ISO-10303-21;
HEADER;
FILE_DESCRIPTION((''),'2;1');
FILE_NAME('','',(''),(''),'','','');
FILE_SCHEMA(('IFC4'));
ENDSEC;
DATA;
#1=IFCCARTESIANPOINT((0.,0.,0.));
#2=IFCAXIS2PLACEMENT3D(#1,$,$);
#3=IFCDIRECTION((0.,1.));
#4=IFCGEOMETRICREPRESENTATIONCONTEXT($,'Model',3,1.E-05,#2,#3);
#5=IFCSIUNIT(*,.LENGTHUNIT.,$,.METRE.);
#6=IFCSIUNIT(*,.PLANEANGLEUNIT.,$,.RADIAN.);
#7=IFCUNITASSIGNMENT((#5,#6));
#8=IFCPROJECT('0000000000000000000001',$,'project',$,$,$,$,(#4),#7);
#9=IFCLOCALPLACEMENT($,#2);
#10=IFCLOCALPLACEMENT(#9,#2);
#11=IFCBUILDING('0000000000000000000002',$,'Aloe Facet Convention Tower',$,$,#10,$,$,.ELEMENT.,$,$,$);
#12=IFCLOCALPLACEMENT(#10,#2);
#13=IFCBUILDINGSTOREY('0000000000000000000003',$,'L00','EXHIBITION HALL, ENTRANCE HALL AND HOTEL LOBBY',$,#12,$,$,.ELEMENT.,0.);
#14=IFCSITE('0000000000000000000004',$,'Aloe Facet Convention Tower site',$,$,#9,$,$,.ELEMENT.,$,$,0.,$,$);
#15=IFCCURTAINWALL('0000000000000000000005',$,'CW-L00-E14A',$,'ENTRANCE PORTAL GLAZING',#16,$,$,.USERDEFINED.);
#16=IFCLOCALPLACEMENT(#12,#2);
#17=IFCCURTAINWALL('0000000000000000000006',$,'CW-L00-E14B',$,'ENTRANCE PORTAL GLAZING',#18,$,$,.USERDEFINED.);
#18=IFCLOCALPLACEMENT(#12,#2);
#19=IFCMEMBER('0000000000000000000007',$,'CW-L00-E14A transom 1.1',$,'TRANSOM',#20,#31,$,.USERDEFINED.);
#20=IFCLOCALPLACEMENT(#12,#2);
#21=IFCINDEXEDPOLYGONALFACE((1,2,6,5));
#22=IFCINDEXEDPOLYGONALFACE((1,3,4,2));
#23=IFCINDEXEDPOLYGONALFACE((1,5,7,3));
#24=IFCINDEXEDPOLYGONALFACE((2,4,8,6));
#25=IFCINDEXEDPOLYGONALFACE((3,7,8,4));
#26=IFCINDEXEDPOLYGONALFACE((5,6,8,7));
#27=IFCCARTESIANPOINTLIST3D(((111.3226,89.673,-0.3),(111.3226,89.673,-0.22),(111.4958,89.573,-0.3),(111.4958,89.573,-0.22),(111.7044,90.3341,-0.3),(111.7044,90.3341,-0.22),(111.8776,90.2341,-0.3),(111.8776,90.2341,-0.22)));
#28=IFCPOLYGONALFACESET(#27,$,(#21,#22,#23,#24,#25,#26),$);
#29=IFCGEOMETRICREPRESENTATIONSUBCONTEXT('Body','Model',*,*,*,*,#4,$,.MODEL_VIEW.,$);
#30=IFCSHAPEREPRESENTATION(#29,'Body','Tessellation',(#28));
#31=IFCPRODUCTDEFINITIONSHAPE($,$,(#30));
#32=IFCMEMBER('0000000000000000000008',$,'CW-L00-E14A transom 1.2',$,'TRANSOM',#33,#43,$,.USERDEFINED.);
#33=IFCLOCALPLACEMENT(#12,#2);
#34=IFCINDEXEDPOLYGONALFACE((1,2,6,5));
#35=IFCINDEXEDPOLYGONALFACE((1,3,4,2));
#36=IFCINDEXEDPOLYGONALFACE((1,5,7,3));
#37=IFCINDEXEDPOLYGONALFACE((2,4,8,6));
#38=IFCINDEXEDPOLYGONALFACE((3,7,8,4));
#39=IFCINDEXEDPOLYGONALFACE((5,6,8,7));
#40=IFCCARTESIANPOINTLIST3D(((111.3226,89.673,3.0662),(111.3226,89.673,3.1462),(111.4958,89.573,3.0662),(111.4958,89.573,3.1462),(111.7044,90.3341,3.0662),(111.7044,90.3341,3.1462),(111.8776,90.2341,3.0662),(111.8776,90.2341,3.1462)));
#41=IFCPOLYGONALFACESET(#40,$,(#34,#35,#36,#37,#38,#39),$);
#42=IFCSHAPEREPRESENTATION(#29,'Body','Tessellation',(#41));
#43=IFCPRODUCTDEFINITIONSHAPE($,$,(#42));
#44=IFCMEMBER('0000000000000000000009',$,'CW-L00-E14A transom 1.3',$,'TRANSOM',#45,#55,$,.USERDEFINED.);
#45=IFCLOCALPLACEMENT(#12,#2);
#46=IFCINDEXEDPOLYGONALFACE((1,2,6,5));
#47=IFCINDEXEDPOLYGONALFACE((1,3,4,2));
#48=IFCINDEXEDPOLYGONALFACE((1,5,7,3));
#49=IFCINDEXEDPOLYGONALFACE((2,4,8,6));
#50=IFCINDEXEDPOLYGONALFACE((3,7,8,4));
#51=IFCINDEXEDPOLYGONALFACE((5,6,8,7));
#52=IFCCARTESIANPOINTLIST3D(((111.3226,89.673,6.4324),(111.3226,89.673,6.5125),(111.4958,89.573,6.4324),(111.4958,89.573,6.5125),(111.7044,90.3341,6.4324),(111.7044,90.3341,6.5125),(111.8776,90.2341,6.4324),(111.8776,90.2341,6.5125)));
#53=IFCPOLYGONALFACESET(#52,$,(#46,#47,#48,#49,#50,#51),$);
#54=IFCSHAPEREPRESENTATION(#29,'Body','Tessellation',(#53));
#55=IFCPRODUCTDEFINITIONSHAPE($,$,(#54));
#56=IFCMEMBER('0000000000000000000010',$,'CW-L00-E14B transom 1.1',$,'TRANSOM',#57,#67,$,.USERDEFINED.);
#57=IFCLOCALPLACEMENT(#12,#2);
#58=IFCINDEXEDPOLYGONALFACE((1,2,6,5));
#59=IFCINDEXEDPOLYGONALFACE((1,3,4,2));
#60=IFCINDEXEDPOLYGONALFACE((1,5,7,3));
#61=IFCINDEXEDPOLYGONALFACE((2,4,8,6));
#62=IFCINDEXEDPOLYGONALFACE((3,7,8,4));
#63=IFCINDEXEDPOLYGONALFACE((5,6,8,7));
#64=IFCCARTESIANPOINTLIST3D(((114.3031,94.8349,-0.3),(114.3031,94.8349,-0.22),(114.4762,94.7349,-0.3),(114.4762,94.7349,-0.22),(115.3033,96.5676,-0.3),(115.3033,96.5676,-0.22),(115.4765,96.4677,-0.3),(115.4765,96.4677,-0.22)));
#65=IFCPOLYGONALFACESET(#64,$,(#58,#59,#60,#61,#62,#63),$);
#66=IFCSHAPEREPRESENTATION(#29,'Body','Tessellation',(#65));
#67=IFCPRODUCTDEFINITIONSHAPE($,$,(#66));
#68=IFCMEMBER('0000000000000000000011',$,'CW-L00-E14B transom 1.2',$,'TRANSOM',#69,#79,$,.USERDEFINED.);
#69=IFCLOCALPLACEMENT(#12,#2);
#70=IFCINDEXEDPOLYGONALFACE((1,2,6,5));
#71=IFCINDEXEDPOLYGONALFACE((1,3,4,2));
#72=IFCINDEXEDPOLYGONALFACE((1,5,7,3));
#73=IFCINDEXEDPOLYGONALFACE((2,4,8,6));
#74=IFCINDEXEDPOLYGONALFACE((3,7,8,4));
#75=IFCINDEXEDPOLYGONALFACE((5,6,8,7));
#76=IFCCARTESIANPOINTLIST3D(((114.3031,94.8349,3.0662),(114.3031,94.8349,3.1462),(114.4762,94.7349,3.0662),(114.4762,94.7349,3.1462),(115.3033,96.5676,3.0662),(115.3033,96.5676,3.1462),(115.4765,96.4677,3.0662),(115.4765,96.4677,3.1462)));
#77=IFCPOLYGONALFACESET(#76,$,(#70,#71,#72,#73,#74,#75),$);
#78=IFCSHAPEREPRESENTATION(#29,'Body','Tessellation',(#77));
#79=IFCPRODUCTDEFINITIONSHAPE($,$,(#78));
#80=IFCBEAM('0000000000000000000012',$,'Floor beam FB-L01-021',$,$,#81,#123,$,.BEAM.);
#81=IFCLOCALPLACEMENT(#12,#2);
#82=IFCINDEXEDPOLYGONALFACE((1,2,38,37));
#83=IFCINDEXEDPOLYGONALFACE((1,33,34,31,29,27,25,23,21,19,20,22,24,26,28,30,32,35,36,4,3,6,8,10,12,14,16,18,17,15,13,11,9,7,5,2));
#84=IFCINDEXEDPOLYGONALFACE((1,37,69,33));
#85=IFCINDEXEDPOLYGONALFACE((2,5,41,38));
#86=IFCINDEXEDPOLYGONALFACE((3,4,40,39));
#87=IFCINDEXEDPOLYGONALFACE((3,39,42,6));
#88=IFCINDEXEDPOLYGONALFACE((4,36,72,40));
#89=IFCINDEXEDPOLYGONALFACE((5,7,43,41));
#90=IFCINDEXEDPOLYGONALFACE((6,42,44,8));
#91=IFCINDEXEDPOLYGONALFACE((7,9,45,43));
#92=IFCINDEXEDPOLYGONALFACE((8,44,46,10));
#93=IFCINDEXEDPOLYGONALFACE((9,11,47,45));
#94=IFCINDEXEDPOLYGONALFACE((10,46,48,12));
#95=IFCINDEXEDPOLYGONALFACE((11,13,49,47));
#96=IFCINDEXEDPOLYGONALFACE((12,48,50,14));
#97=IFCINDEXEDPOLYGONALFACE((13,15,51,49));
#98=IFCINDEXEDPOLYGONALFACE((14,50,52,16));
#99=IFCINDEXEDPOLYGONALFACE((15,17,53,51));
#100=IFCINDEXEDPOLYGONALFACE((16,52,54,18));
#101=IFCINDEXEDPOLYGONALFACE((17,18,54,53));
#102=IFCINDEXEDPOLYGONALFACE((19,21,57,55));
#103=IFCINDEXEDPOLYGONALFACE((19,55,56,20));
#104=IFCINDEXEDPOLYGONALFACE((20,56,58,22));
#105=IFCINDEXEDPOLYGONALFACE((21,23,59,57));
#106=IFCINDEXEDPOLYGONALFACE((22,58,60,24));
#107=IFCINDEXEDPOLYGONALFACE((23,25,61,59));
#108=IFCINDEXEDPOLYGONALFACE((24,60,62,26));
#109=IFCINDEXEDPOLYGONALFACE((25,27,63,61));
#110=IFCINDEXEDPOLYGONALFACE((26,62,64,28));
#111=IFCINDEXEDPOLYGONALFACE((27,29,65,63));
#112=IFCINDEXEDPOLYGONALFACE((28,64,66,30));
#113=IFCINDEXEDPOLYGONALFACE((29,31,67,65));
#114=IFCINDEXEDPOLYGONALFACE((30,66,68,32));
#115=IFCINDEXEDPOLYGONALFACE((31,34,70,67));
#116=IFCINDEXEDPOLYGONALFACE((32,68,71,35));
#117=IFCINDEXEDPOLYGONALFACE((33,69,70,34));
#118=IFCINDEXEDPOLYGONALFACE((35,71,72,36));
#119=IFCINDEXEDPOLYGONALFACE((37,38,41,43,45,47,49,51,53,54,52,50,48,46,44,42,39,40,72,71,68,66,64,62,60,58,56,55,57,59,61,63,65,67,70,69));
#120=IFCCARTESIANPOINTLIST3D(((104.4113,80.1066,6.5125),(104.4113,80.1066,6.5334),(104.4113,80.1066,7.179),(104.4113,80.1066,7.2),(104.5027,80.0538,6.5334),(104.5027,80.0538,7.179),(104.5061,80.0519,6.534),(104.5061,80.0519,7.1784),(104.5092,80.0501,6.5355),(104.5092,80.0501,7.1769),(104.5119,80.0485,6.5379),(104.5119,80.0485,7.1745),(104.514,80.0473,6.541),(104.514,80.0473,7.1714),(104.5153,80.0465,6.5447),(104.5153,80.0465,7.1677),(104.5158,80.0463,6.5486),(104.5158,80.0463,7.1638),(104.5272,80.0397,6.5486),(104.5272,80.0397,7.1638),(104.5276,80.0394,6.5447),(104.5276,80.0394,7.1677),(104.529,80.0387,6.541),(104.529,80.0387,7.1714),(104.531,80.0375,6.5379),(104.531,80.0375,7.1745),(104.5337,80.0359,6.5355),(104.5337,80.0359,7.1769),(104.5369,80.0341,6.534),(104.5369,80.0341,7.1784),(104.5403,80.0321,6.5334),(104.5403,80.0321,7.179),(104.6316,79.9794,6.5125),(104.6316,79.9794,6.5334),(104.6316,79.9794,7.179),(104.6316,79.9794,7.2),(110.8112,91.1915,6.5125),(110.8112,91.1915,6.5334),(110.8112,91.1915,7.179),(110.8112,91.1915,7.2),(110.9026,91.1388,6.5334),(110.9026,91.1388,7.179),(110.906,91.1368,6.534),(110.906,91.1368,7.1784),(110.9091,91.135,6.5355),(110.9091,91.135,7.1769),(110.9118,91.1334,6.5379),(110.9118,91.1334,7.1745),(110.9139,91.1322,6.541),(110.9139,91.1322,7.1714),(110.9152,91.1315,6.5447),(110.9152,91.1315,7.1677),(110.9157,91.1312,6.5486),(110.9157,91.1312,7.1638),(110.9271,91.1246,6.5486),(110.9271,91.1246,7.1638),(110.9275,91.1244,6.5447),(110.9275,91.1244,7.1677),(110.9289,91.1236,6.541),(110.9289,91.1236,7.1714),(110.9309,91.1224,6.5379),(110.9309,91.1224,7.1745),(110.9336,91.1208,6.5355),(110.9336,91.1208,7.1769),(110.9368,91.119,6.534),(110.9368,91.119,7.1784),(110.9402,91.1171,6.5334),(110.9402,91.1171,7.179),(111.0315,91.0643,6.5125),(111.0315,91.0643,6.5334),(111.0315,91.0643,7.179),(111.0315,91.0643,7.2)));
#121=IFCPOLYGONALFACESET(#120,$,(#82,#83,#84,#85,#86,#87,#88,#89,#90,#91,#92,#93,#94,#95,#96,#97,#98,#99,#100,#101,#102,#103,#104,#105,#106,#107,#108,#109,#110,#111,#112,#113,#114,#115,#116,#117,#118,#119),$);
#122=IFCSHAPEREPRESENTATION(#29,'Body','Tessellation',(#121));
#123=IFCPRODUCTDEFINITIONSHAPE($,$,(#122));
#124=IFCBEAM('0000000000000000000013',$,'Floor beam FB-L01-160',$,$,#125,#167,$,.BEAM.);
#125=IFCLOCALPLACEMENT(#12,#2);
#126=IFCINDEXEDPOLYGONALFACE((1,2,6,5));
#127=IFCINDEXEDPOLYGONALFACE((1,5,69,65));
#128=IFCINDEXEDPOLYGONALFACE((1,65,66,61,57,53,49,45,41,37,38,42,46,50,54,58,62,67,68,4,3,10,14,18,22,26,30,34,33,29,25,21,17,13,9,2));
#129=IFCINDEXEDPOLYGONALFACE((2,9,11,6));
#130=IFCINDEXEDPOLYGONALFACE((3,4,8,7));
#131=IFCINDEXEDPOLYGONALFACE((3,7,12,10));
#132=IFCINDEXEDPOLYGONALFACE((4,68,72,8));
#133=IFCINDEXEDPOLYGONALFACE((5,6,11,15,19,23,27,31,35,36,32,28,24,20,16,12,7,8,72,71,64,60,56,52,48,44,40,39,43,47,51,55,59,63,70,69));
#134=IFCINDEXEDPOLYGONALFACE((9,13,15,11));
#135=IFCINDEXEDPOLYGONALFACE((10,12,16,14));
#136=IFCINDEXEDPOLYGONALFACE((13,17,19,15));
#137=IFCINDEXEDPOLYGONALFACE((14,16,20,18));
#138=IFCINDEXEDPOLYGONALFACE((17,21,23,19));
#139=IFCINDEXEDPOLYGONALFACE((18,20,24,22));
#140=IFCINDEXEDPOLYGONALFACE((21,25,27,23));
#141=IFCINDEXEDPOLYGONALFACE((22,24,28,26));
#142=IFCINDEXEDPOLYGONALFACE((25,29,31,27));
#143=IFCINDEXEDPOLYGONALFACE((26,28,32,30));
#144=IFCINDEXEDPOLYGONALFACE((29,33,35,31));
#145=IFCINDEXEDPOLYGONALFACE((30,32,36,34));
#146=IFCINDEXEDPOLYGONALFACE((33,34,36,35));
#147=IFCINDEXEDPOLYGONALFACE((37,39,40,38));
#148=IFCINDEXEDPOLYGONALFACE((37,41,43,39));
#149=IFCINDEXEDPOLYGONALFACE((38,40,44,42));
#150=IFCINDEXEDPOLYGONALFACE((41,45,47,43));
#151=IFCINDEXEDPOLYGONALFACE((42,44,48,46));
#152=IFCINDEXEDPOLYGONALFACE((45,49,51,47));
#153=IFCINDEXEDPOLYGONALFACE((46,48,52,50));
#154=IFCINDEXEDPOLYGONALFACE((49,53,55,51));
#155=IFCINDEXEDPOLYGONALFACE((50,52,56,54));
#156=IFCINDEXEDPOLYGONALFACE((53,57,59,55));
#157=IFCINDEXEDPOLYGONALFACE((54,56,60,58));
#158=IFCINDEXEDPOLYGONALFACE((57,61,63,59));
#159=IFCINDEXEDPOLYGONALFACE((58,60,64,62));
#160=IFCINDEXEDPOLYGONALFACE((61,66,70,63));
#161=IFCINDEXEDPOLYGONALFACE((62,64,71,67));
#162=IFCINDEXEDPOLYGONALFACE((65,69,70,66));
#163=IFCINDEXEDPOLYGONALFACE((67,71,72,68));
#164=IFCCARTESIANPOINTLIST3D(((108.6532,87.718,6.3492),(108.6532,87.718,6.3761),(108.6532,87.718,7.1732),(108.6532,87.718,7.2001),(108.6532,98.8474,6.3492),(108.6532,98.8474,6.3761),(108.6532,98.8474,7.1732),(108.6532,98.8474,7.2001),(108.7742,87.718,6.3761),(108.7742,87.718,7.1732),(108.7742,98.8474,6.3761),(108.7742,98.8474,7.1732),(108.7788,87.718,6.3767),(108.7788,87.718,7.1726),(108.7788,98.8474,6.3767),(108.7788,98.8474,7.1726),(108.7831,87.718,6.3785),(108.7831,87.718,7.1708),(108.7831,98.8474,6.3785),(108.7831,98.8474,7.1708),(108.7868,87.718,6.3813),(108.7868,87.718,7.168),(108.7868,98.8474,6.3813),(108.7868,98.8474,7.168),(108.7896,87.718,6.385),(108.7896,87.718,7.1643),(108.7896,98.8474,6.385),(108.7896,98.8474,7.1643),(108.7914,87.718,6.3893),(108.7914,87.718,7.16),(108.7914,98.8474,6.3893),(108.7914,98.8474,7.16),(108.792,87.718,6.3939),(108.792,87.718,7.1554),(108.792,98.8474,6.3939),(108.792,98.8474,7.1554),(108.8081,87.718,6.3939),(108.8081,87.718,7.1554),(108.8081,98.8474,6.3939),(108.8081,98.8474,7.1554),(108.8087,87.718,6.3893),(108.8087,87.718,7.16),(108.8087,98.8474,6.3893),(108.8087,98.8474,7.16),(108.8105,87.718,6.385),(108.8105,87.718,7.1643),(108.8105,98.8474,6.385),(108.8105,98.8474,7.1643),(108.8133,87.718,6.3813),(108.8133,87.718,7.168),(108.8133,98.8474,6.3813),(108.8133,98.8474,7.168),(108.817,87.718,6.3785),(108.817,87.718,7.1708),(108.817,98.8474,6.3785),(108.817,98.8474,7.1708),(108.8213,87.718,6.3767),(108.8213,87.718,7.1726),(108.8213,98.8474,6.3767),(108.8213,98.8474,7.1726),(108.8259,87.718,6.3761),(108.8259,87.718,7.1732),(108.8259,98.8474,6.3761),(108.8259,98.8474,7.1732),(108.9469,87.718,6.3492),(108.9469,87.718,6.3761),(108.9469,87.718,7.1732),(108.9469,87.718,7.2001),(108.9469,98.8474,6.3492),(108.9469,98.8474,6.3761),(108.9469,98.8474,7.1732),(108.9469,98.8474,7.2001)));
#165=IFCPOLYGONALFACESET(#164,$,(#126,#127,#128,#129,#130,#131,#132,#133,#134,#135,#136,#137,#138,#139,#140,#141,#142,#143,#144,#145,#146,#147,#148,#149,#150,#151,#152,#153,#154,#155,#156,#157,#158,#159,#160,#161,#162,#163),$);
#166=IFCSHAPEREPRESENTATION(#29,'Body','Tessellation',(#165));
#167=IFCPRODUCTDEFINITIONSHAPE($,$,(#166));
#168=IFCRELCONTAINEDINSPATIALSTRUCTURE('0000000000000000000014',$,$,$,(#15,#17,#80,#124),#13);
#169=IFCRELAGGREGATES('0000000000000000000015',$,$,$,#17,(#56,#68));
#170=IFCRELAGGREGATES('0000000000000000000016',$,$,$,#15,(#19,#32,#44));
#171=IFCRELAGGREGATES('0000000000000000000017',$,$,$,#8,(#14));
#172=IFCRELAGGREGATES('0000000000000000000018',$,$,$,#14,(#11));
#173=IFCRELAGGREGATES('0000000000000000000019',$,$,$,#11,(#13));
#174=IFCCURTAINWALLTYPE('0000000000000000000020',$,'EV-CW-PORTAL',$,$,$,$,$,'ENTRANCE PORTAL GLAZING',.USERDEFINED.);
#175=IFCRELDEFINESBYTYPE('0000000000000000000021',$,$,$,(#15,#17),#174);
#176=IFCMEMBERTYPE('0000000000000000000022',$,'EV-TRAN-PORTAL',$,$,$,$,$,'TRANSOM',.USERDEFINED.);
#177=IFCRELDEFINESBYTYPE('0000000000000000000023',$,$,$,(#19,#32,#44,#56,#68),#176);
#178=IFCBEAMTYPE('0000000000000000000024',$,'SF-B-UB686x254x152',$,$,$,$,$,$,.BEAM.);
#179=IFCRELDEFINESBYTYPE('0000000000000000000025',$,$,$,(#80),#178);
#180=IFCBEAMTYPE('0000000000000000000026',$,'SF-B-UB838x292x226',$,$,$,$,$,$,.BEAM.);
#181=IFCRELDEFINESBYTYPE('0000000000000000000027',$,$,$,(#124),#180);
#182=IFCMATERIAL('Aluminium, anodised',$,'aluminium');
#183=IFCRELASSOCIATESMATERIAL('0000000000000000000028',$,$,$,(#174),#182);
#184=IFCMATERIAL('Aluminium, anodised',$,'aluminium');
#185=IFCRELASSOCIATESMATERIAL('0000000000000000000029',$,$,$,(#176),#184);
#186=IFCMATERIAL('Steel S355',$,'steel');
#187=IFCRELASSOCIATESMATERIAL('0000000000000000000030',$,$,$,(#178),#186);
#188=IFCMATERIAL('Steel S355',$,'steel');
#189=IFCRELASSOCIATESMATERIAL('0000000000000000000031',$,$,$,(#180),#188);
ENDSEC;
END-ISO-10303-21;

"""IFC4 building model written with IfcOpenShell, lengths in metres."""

from ifc_helpers import new_model, si_unit, direction, frame, origin, origin_2d, place, context, subcontext, project, spatial, rectangle, i_section, extrude, material, material_profile, profile_set, type_object, element, aggregate, save


model = new_model("IFC4")

# Units and contexts
model_context = context("Model", 3, precision=1e-05, world=origin(), true_north=direction((0.0, 1.0)))
body_context = subcontext(model_context, "Body", "Model", "MODEL_VIEW")
ifc_project = project(units=[si_unit("LENGTHUNIT", "METRE"), si_unit("PLANEANGLEUNIT", "RADIAN")], contexts=[model_context])

# Site, building, storey
site_placement = place(None, origin())
site = spatial("IfcSite", under=ifc_project, at=site_placement, Name="Aloe Facet Convention Tower site", CompositionType="ELEMENT", RefElevation=0.0)
building_placement = place(site_placement, origin())
building = spatial("IfcBuilding", under=site, at=building_placement, Name="Aloe Facet Convention Tower", CompositionType="ELEMENT")
storey_placement = place(building_placement, origin())
storey = spatial("IfcBuildingStorey", under=building, at=storey_placement, Name="L00", Description="EXHIBITION HALL, ENTRANCE HALL AND HOTEL LOBBY", CompositionType="ELEMENT", Elevation=0.0)

# Shared definitions
ifc_material_1 = material(Name="Aluminium, anodised", Category="aluminium")
curtain_wall_type = type_object("IfcCurtainWallType", Name="EV-CW-PORTAL", ElementType="ENTRANCE PORTAL GLAZING", PredefinedType="USERDEFINED", material=ifc_material_1)

# Curtain wall
curtain_wall_1_placement = place(storey_placement, origin())
curtain_wall_1 = element("IfcCurtainWall", 1, at=curtain_wall_1_placement, inside=storey, type_object=curtain_wall_type, Name="CW-L00-E14A", ObjectType="ENTRANCE PORTAL GLAZING", PredefinedType="USERDEFINED")

# Curtain wall
curtain_wall_2_placement = place(storey_placement, origin())
curtain_wall_2 = element("IfcCurtainWall", 2, at=curtain_wall_2_placement, inside=storey, type_object=curtain_wall_type, Name="CW-L00-E14B", ObjectType="ENTRANCE PORTAL GLAZING", PredefinedType="USERDEFINED")

# Members
ifc_material_2 = material(Name="Aluminium, anodised", Category="aluminium")
ifc_material_profile_1 = material_profile(ifc_material_2, rectangle(XDim=0.2, YDim=0.0801, at=origin_2d()), Name="AL 200x80")
ifc_profile_set_1 = profile_set([ifc_material_profile_1], Name="Aluminium, anodised")
member_type_1 = type_object("IfcMemberType", Name="EV-TRAN-PORTAL", ElementType="TRANSOM", PredefinedType="USERDEFINED", material=ifc_profile_set_1)
member_1_placement = place(storey_placement, frame((111.4092, 89.623, -0.26), z_axis=(0.500128, 0.865951, 0.0), x_axis=(-0.865951, 0.500128, 0.0)))
member_1 = element("IfcMember", 3, at=member_1_placement, type_object=member_type_1, Name="CW-L00-E14A transom 1.1", ObjectType="TRANSOM", PredefinedType="USERDEFINED", context=body_context, shape_type="SweptSolid", body=[
    extrude(rectangle(XDim=0.2, YDim=0.0801, at=origin_2d()), origin(), (0.0, 0.0, 1.0), 0.7634),
])
member_2_placement = place(storey_placement, frame((111.4092, 89.623, 3.1062), z_axis=(0.500128, 0.865951, 0.0), x_axis=(-0.865951, 0.500128, 0.0)))
member_2 = element("IfcMember", 4, at=member_2_placement, type_object=member_type_1, Name="CW-L00-E14A transom 1.2", ObjectType="TRANSOM", PredefinedType="USERDEFINED", context=body_context, shape_type="SweptSolid", body=[
    extrude(rectangle(XDim=0.2, YDim=0.0801, at=origin_2d()), origin(), (0.0, 0.0, 1.0), 0.7634),
])
member_3_placement = place(storey_placement, frame((111.4092, 89.623, 6.4724), z_axis=(0.500128, 0.865951, 0.0), x_axis=(-0.865951, 0.500128, 0.0)))
member_3 = element("IfcMember", 5, at=member_3_placement, type_object=member_type_1, Name="CW-L00-E14A transom 1.3", ObjectType="TRANSOM", PredefinedType="USERDEFINED", context=body_context, shape_type="SweptSolid", body=[
    extrude(rectangle(XDim=0.2, YDim=0.0801, at=origin_2d()), origin(), (0.0, 0.0, 1.0), 0.7634),
])
member_4_placement = place(storey_placement, frame((114.3896, 94.7849, -0.26), z_axis=(0.499958, 0.866049, 0.0), x_axis=(-0.866049, 0.499958, 0.0)))
member_4 = element("IfcMember", 6, at=member_4_placement, type_object=member_type_1, Name="CW-L00-E14B transom 1.1", ObjectType="TRANSOM", PredefinedType="USERDEFINED", context=body_context, shape_type="SweptSolid", body=[
    extrude(rectangle(XDim=0.2, YDim=0.0801, at=origin_2d()), origin(), (0.0, 0.0, 1.0), 2.0007),
])
member_5_placement = place(storey_placement, frame((114.3896, 94.7849, 3.1062), z_axis=(0.499958, 0.866049, 0.0), x_axis=(-0.866049, 0.499958, 0.0)))
member_5 = element("IfcMember", 7, at=member_5_placement, type_object=member_type_1, Name="CW-L00-E14B transom 1.2", ObjectType="TRANSOM", PredefinedType="USERDEFINED", context=body_context, shape_type="SweptSolid", body=[
    extrude(rectangle(XDim=0.2, YDim=0.0801, at=origin_2d()), origin(), (0.0, 0.0, 1.0), 2.0007),
])
aggregate(curtain_wall_2, [member_4, member_5])

# Beams
ifc_material_3 = material(Name="Steel S355", Category="steel")
ifc_material_profile_2 = material_profile(ifc_material_3, i_section(OverallWidth=0.2544, OverallDepth=0.6875, WebThickness=0.0132, FlangeThickness=0.021, FilletRadius=0.0151, at=origin_2d()), Name="UB 686x254x152")
ifc_profile_set_2 = profile_set([ifc_material_profile_2], Name="Steel S355")
beam_type_1 = type_object("IfcBeamType", Name="SF-B-UB686x254x152", PredefinedType="BEAM", material=ifc_profile_set_2)
beam_1_placement = place(storey_placement, frame((110.9214, 91.1279, 6.8562), z_axis=(-0.5, -0.866025, 0.0), x_axis=(0.866025, -0.5, 0.0)))
element("IfcBeam", 8, at=beam_1_placement, inside=storey, type_object=beam_type_1, Name="Floor beam FB-L01-021", PredefinedType="BEAM", context=body_context, shape_type="SweptSolid", body=[
    extrude(i_section(OverallWidth=0.2544, OverallDepth=0.6875, WebThickness=0.0132, FlangeThickness=0.021, FilletRadius=0.0151, at=origin_2d()), origin(), (0.0, 0.0, 1.0), 12.7998),
])
ifc_material_4 = material(Name="Steel S355", Category="steel")
ifc_material_profile_3 = material_profile(ifc_material_4, i_section(OverallWidth=0.2937, OverallDepth=0.8508, WebThickness=0.0161, FlangeThickness=0.0269, FilletRadius=0.0178, at=origin_2d()), Name="UB 838x292x226")
ifc_profile_set_3 = profile_set([ifc_material_profile_3], Name="Steel S355")
beam_type_2 = type_object("IfcBeamType", Name="SF-B-UB838x292x226", PredefinedType="BEAM", material=ifc_profile_set_3)
beam_2_placement = place(storey_placement, frame((108.8, 87.718, 6.7747), z_axis=(0.0, 1.0, 0.0), x_axis=(-1.0, 0.0, 0.0)))
element("IfcBeam", 9, at=beam_2_placement, inside=storey, type_object=beam_type_2, Name="Floor beam FB-L01-160", PredefinedType="BEAM", context=body_context, shape_type="SweptSolid", body=[
    extrude(i_section(OverallWidth=0.2937, OverallDepth=0.8508, WebThickness=0.0161, FlangeThickness=0.0269, FilletRadius=0.0178, at=origin_2d()), origin(), (0.0, 0.0, 1.0), 11.1294),
])

aggregate(curtain_wall_1, [member_1, member_2, member_3])

save(model, "model.ifc")
